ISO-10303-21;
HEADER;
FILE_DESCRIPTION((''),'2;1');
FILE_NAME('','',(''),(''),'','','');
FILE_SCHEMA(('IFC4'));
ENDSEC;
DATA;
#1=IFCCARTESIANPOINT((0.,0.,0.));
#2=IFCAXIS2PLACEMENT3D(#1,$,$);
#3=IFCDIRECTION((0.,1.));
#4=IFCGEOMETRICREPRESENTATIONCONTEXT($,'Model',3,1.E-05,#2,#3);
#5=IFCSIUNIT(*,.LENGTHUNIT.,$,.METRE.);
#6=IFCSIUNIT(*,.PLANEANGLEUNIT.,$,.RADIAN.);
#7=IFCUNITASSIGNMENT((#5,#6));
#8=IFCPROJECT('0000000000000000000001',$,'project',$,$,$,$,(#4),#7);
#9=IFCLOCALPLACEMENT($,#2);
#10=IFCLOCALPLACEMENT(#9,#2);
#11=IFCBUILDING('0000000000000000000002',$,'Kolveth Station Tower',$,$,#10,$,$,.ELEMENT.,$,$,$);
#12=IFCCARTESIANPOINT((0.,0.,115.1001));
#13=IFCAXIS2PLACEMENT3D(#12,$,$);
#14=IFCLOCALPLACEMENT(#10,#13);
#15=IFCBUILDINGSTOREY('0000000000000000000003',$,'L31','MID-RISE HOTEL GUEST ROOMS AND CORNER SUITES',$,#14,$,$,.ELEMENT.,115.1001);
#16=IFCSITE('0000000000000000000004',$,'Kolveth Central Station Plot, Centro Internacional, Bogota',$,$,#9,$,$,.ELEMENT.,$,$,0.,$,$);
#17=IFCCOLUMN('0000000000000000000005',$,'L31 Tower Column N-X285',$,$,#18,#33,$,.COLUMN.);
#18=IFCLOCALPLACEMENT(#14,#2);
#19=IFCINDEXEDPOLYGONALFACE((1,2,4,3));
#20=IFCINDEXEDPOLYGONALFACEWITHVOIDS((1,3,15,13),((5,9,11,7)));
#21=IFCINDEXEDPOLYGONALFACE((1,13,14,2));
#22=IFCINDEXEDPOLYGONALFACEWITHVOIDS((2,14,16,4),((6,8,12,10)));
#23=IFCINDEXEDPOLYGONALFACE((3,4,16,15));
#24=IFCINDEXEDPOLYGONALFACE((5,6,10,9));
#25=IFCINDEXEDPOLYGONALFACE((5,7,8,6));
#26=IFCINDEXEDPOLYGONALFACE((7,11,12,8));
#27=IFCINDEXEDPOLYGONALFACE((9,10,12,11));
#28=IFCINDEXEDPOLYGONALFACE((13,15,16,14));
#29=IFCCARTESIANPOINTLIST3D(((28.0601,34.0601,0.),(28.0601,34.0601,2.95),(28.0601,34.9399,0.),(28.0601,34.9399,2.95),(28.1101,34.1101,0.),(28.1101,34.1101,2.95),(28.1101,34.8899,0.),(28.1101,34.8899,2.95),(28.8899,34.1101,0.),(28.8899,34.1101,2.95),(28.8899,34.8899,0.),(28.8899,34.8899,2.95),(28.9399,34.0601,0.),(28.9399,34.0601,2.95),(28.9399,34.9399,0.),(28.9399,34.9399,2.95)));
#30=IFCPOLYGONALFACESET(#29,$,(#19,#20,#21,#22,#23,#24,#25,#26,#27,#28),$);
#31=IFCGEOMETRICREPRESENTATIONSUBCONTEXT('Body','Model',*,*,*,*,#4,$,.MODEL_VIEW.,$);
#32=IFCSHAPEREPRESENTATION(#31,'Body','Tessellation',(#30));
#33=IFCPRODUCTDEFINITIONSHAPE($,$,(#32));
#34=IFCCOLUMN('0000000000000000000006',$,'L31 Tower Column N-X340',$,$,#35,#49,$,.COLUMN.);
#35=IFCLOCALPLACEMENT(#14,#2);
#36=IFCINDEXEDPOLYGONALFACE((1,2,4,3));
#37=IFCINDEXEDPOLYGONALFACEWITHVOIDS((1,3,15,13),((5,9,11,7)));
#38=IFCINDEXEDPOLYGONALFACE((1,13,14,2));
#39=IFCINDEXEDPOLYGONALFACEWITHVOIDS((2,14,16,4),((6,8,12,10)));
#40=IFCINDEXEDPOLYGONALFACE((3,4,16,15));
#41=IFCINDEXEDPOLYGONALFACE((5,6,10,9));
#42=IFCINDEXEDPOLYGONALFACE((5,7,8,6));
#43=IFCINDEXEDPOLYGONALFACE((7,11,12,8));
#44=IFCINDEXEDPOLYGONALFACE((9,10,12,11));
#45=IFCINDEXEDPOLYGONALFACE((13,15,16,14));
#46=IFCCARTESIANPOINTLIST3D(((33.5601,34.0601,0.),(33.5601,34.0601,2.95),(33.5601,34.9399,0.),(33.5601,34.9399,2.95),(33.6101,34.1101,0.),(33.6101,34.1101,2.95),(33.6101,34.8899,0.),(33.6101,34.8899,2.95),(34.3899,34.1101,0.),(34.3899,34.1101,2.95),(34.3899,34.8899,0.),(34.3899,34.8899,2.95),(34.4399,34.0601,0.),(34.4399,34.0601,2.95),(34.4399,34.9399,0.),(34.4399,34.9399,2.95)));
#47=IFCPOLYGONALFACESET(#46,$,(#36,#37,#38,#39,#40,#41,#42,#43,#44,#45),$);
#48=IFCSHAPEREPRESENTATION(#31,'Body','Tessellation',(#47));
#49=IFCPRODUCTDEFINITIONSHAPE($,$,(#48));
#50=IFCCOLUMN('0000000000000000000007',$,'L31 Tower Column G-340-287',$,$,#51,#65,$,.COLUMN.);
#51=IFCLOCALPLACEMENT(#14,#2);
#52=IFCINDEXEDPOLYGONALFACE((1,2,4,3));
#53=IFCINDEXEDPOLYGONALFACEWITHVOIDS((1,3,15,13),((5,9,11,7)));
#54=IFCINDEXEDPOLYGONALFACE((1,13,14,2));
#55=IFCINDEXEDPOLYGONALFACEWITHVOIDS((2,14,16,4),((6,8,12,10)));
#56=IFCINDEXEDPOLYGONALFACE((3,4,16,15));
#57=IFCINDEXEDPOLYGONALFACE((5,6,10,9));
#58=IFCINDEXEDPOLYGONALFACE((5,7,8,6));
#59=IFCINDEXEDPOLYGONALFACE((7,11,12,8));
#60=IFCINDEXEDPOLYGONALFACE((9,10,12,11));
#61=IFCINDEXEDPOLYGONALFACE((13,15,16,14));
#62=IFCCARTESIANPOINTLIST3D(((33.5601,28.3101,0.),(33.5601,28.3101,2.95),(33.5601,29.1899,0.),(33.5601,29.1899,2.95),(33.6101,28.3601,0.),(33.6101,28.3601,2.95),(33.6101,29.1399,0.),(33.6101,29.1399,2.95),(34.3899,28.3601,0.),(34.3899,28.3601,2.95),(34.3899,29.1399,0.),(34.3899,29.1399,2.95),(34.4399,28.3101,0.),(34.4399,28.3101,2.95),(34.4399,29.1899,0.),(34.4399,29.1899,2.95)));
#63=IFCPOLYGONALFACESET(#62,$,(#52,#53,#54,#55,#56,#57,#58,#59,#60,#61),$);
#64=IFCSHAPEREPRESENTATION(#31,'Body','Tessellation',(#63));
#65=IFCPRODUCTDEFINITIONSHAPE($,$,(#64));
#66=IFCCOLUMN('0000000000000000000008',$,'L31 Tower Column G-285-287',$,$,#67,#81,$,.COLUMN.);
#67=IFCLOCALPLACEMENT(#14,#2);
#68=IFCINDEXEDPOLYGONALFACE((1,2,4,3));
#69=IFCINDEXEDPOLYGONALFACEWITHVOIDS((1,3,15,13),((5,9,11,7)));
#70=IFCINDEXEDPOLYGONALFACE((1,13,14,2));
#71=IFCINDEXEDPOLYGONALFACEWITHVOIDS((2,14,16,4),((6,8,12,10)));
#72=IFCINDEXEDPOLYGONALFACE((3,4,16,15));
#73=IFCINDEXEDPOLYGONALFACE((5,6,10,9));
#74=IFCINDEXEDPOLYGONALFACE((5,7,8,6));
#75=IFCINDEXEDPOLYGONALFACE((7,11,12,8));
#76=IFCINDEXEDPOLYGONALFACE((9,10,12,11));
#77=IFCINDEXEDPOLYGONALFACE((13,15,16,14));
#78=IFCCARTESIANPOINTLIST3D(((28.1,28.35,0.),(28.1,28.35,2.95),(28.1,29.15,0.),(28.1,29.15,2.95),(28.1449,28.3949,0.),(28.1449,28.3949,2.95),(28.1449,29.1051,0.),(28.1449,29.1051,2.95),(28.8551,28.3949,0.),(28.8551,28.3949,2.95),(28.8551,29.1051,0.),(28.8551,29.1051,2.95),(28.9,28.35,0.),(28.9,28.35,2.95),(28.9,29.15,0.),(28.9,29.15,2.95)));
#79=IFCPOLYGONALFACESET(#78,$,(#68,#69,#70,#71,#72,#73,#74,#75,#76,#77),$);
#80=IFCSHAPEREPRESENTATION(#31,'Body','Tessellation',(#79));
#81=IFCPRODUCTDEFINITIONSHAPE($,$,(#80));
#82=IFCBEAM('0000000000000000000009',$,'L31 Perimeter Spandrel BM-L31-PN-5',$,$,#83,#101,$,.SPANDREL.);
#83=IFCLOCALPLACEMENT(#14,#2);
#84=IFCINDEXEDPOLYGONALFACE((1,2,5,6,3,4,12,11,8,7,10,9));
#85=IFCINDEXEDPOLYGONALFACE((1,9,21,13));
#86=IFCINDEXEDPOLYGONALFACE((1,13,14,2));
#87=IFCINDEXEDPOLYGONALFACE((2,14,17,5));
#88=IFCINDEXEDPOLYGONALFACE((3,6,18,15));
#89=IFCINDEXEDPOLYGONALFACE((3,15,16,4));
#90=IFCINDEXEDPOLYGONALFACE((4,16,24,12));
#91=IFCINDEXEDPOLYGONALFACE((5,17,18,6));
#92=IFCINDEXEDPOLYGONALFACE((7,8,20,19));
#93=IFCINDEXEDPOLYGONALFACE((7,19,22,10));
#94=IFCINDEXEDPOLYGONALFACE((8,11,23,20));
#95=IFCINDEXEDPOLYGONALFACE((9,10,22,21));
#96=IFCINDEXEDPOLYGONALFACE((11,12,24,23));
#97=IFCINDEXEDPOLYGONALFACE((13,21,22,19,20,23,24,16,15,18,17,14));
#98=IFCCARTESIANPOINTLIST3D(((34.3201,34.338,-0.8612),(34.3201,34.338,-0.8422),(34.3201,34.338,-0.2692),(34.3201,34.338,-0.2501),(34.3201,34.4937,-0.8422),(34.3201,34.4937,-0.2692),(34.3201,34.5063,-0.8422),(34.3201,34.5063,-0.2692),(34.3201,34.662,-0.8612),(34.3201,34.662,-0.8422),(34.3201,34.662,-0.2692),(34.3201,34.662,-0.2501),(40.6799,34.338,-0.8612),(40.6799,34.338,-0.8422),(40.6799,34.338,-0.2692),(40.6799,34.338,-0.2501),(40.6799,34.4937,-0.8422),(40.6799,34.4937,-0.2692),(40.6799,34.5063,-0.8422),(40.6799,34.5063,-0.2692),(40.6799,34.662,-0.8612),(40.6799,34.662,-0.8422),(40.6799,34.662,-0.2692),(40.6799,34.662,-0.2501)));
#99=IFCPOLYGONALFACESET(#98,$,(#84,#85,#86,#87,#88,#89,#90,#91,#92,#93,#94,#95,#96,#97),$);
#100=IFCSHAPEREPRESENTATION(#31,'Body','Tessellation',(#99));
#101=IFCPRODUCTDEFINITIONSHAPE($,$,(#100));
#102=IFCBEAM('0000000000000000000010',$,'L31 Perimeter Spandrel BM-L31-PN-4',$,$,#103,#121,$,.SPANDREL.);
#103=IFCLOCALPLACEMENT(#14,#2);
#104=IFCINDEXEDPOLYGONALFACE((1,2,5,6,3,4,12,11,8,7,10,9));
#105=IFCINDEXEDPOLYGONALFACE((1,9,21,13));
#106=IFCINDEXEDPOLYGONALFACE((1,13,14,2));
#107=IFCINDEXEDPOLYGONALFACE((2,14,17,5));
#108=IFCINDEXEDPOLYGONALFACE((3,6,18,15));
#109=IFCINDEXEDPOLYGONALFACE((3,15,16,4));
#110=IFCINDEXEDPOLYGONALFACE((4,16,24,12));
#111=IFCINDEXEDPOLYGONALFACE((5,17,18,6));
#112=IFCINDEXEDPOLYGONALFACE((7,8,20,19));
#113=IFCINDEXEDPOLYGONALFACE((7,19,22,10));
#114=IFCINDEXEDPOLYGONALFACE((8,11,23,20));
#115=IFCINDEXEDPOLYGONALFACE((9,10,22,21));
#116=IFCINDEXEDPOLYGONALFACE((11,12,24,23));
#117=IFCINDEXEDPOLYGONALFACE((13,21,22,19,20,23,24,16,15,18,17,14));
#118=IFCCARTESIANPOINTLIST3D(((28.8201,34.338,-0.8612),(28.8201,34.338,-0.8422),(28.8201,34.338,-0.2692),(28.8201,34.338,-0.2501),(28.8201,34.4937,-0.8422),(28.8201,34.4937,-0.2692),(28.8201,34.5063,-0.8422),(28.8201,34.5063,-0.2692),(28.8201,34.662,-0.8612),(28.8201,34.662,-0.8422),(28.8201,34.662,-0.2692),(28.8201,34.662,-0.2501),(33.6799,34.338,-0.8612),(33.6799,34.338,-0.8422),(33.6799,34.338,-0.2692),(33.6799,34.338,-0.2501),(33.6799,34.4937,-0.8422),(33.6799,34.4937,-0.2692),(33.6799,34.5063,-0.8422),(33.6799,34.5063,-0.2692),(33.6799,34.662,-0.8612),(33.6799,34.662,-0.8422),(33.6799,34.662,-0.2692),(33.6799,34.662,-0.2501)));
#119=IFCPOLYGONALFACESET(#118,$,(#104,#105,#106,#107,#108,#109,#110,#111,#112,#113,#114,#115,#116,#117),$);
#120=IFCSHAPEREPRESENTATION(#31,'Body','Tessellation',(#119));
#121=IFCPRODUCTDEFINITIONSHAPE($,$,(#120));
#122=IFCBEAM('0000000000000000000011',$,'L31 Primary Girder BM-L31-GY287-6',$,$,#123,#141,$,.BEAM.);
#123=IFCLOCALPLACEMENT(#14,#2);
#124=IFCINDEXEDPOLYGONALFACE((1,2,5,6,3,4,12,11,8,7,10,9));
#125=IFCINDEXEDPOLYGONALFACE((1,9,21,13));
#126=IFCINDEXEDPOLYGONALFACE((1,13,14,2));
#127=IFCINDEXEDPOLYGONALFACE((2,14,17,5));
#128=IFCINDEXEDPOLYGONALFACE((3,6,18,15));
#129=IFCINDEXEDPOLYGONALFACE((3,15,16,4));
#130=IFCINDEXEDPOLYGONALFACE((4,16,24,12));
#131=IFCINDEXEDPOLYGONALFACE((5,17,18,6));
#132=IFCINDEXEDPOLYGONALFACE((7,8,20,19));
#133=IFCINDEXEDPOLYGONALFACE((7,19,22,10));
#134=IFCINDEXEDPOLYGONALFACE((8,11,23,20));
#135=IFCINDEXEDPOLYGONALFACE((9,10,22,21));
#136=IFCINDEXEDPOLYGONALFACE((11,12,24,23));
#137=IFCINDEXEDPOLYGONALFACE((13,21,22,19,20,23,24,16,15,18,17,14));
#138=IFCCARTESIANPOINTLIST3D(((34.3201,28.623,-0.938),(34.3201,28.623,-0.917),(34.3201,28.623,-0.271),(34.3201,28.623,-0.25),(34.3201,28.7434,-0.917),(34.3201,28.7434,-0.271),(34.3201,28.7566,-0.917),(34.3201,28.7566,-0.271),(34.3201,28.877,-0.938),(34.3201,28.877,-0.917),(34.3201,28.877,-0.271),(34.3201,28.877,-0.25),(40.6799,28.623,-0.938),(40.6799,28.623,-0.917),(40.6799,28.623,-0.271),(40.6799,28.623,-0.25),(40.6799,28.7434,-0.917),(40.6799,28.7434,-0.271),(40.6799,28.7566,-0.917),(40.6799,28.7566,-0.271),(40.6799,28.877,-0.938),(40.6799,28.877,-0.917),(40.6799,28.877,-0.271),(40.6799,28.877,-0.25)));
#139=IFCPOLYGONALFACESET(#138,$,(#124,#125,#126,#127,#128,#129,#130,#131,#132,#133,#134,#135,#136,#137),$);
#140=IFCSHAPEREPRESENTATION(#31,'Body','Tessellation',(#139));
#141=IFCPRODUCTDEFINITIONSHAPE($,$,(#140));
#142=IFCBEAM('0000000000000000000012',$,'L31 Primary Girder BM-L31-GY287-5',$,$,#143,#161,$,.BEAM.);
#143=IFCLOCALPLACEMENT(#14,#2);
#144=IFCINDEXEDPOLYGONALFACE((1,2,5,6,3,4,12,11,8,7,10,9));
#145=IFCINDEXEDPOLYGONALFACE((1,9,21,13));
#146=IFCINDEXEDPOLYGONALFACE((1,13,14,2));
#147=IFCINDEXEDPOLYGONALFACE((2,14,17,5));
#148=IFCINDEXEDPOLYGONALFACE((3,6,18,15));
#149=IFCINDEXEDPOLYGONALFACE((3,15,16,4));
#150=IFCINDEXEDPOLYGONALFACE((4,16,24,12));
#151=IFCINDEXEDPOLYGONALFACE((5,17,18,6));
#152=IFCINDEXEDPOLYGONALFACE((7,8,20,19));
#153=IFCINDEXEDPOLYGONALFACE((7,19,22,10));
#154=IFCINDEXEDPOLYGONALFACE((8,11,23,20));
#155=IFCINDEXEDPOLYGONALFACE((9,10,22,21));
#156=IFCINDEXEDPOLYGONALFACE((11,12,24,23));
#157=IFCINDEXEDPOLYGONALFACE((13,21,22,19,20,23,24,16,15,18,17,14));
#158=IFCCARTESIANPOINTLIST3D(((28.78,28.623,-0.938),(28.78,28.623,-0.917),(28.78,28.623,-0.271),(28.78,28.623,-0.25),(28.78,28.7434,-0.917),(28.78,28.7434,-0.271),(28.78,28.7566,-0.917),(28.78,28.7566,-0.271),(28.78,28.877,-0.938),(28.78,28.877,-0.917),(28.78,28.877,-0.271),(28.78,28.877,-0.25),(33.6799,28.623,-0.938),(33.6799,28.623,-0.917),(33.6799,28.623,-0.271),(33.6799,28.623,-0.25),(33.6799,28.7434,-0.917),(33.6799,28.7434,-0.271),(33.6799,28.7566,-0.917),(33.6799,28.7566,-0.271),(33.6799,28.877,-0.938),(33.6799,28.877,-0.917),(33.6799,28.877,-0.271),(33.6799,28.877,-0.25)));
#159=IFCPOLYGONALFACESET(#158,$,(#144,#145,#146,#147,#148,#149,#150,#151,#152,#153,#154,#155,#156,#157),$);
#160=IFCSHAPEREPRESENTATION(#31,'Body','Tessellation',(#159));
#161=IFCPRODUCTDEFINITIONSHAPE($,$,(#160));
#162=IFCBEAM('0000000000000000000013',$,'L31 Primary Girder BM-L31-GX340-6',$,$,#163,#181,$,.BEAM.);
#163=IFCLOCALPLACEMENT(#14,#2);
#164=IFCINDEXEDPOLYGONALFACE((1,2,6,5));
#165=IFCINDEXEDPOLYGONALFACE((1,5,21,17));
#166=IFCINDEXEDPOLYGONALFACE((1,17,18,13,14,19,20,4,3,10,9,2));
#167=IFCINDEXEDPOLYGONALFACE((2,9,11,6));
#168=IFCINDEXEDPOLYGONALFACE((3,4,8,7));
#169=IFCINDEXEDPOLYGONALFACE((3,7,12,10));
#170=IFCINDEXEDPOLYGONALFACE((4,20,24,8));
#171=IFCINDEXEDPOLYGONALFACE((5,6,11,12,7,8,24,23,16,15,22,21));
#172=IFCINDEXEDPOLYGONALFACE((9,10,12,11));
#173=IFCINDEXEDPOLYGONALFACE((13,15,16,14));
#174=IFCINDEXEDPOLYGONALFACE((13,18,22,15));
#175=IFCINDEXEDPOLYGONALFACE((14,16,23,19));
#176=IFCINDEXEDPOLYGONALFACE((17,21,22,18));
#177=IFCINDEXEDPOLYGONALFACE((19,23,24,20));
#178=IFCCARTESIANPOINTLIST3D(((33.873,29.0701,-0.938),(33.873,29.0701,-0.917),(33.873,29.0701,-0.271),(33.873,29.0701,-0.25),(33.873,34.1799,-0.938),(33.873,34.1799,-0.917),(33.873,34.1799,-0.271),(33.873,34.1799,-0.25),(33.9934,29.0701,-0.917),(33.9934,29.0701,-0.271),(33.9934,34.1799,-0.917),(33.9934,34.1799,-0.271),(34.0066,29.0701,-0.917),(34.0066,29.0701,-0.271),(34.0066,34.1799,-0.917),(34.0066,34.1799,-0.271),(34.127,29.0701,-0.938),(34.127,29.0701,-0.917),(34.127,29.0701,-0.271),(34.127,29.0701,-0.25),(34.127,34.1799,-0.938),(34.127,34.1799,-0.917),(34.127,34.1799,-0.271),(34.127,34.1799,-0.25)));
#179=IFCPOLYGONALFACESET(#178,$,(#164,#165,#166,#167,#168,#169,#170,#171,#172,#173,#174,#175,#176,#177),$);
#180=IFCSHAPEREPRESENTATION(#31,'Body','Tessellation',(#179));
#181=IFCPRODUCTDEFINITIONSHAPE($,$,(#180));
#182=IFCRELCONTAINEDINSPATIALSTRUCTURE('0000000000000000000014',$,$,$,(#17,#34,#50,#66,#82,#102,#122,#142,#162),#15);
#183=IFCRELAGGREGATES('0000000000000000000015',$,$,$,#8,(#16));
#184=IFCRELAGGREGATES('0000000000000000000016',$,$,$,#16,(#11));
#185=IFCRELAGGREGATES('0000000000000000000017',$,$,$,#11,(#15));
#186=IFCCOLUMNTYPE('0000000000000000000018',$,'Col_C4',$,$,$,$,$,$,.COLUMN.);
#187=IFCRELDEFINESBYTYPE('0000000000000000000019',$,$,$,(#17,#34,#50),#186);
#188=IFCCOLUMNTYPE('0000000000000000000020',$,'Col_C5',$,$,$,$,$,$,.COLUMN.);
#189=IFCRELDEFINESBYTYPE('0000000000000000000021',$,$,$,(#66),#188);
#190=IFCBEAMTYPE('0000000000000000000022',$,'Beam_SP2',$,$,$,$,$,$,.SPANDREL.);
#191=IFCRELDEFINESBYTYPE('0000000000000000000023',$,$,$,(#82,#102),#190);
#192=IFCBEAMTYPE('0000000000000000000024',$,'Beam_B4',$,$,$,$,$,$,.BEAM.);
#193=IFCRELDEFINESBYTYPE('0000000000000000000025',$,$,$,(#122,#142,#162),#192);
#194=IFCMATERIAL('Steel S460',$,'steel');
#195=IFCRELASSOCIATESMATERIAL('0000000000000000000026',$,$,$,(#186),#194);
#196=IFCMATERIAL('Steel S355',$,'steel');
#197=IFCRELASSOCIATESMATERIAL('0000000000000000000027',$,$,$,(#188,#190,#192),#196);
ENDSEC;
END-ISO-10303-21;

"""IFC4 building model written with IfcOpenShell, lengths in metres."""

from ifc_helpers import new_model, si_unit, direction, frame, origin, origin_2d, place, context, subcontext, project, spatial, hollow_rectangle, i_section, extrude, source, transform, mapped, material, material_profile, profile_set, type_object, element, save


model = new_model("IFC4")

# Units and contexts
model_context = context("Model", 3, precision=1e-05, world=origin(), true_north=direction((0.0, 1.0)))
body_context = subcontext(model_context, "Body", "Model", "MODEL_VIEW")
ifc_project = project(units=[si_unit("LENGTHUNIT", "METRE"), si_unit("PLANEANGLEUNIT", "RADIAN")], contexts=[model_context])

# Site, building, storey
site_placement = place(None, origin())
site = spatial("IfcSite", under=ifc_project, at=site_placement, Name="Kolveth Central Station Plot, Centro Internacional, Bogota", CompositionType="ELEMENT", RefElevation=0.0)
building_placement = place(site_placement, origin())
building = spatial("IfcBuilding", under=site, at=building_placement, Name="Kolveth Station Tower", CompositionType="ELEMENT")
storey_placement = place(building_placement, frame((0.0, 0.0, 115.1001)))
storey = spatial("IfcBuildingStorey", under=building, at=storey_placement, Name="L31", Description="MID-RISE HOTEL GUEST ROOMS AND CORNER SUITES", CompositionType="ELEMENT", Elevation=115.1001)

# Columns
ifc_material_1 = material(Name="Steel S460", Category="steel")
ifc_material_profile_1 = material_profile(ifc_material_1, hollow_rectangle(XDim=0.8799, YDim=0.8799, WallThickness=0.05, at=origin_2d()), Name="BOX880x880x50")
ifc_profile_set_1 = profile_set([ifc_material_profile_1], Name="Steel S460")
column_type_1 = type_object("IfcColumnType", Name="Col_C4", PredefinedType="COLUMN", material=ifc_profile_set_1)
shared_shape_1 = source(origin(), body_context, "Body", "SweptSolid", [
    extrude(hollow_rectangle(XDim=0.8799, YDim=0.8799, WallThickness=0.05, at=origin_2d()), origin(), (0.0, 0.0, 1.0), 2.95),
])
for number, where, z_axis, x_axis, name in (
    (1, (28.5, 34.5, 0.0), (0.0, 0.0, 1.0), (1.0, 0.0, 0.0), "L31 Tower Column N-X285"),
    (2, (34.0, 34.5, 0.0), (0.0, 0.0, 1.0), (1.0, 0.0, 0.0), "L31 Tower Column N-X340"),
    (3, (34.0, 28.75, 0.0), (0.0, 0.0, 1.0), (1.0, 0.0, 0.0), "L31 Tower Column G-340-287"),
):
    element("IfcColumn", number, at=place(storey_placement, frame(where, z_axis=z_axis, x_axis=x_axis)), inside=storey, type_object=column_type_1, Name=name, PredefinedType="COLUMN", context=body_context, shape_type="MappedRepresentation", body=[
        mapped(shared_shape_1, transform((0.0, 0.0, 0.0), x_axis=(1.0, 0.0, 0.0), y_axis=(0.0, 1.0, 0.0), z_axis=(0.0, 0.0, 1.0), scale=1.0)),
    ])
ifc_material_2 = material(Name="Steel S355", Category="steel")
ifc_material_profile_2 = material_profile(ifc_material_2, hollow_rectangle(XDim=0.8, YDim=0.8, WallThickness=0.0449, at=origin_2d()), Name="BOX800x800x45")
ifc_profile_set_2 = profile_set([ifc_material_profile_2], Name="Steel S355")
column_type_2 = type_object("IfcColumnType", Name="Col_C5", PredefinedType="COLUMN", material=ifc_profile_set_2)
shared_shape_2 = source(origin(), body_context, "Body", "SweptSolid", [
    extrude(hollow_rectangle(XDim=0.8, YDim=0.8, WallThickness=0.0449, at=origin_2d()), origin(), (0.0, 0.0, 1.0), 2.95),
])
column_placement = place(storey_placement, frame((28.5, 28.75, 0.0), z_axis=(0.0, 0.0, 1.0), x_axis=(1.0, 0.0, 0.0)))
element("IfcColumn", 4, at=column_placement, inside=storey, type_object=column_type_2, Name="L31 Tower Column G-285-287", PredefinedType="COLUMN", context=body_context, shape_type="MappedRepresentation", body=[
    mapped(shared_shape_2, transform((0.0, 0.0, 0.0), x_axis=(1.0, 0.0, 0.0), y_axis=(0.0, 1.0, 0.0), z_axis=(0.0, 0.0, 1.0), scale=1.0)),
])

# Beams
ifc_material_profile_3 = material_profile(ifc_material_2, i_section(OverallWidth=0.324, OverallDepth=0.6111, WebThickness=0.0127, FlangeThickness=0.019, at=origin_2d()), Name="W610x155")
ifc_profile_set_3 = profile_set([ifc_material_profile_3], Name="Steel S355")
beam_type_1 = type_object("IfcBeamType", Name="Beam_SP2", PredefinedType="SPANDREL", material=ifc_profile_set_3)
shared_shape_3 = source(origin(), body_context, "Body", "SweptSolid", [
    extrude(i_section(OverallWidth=0.324, OverallDepth=0.6111, WebThickness=0.0127, FlangeThickness=0.019, at=origin_2d()), origin(), (0.0, 0.0, 1.0), 6.3599),
])
beam_1_placement = place(storey_placement, frame((34.3201, 34.5, -0.5557), z_axis=(1.0, 0.0, 0.0), x_axis=(0.0, 1.0, 0.0)))
element("IfcBeam", 5, at=beam_1_placement, inside=storey, type_object=beam_type_1, Name="L31 Perimeter Spandrel BM-L31-PN-5", PredefinedType="SPANDREL", context=body_context, shape_type="MappedRepresentation", body=[
    mapped(shared_shape_3, transform((0.0, 0.0, 0.0), x_axis=(1.0, 0.0, 0.0), y_axis=(0.0, 1.0, 0.0), z_axis=(0.0, 0.0, 1.0), scale=1.0)),
])
shared_shape_4 = source(origin(), body_context, "Body", "SweptSolid", [
    extrude(i_section(OverallWidth=0.324, OverallDepth=0.6111, WebThickness=0.0127, FlangeThickness=0.019, at=origin_2d()), origin(), (0.0, 0.0, 1.0), 4.8599),
])
beam_2_placement = place(storey_placement, frame((28.8201, 34.5, -0.5557), z_axis=(1.0, 0.0, 0.0), x_axis=(0.0, 1.0, 0.0)))
element("IfcBeam", 6, at=beam_2_placement, inside=storey, type_object=beam_type_1, Name="L31 Perimeter Spandrel BM-L31-PN-4", PredefinedType="SPANDREL", context=body_context, shape_type="MappedRepresentation", body=[
    mapped(shared_shape_4, transform((0.0, 0.0, 0.0), x_axis=(1.0, 0.0, 0.0), y_axis=(0.0, 1.0, 0.0), z_axis=(0.0, 0.0, 1.0), scale=1.0)),
])
ifc_material_profile_4 = material_profile(ifc_material_2, i_section(OverallWidth=0.2539, OverallDepth=0.688, WebThickness=0.0132, FlangeThickness=0.021, at=origin_2d()), Name="W690x152")
ifc_profile_set_4 = profile_set([ifc_material_profile_4], Name="Steel S355")
beam_type_2 = type_object("IfcBeamType", Name="Beam_B4", PredefinedType="BEAM", material=ifc_profile_set_4)
shared_shape_5 = source(origin(), body_context, "Body", "SweptSolid", [
    extrude(i_section(OverallWidth=0.2539, OverallDepth=0.688, WebThickness=0.0132, FlangeThickness=0.021, at=origin_2d()), origin(), (0.0, 0.0, 1.0), 6.3599),
])
beam_3_placement = place(storey_placement, frame((34.3201, 28.75, -0.594), z_axis=(1.0, 0.0, 0.0), x_axis=(0.0, 1.0, 0.0)))
element("IfcBeam", 7, at=beam_3_placement, inside=storey, type_object=beam_type_2, Name="L31 Primary Girder BM-L31-GY287-6", PredefinedType="BEAM", context=body_context, shape_type="MappedRepresentation", body=[
    mapped(shared_shape_5, transform((0.0, 0.0, 0.0), x_axis=(1.0, 0.0, 0.0), y_axis=(0.0, 1.0, 0.0), z_axis=(0.0, 0.0, 1.0), scale=1.0)),
])
shared_shape_6 = source(origin(), body_context, "Body", "SweptSolid", [
    extrude(i_section(OverallWidth=0.2539, OverallDepth=0.688, WebThickness=0.0132, FlangeThickness=0.021, at=origin_2d()), origin(), (0.0, 0.0, 1.0), 4.8999),
])
beam_4_placement = place(storey_placement, frame((28.78, 28.75, -0.594), z_axis=(1.0, 0.0, 0.0), x_axis=(0.0, 1.0, 0.0)))
element("IfcBeam", 8, at=beam_4_placement, inside=storey, type_object=beam_type_2, Name="L31 Primary Girder BM-L31-GY287-5", PredefinedType="BEAM", context=body_context, shape_type="MappedRepresentation", body=[
    mapped(shared_shape_6, transform((0.0, 0.0, 0.0), x_axis=(1.0, 0.0, 0.0), y_axis=(0.0, 1.0, 0.0), z_axis=(0.0, 0.0, 1.0), scale=1.0)),
])
shared_shape_7 = source(origin(), body_context, "Body", "SweptSolid", [
    extrude(i_section(OverallWidth=0.2539, OverallDepth=0.688, WebThickness=0.0132, FlangeThickness=0.021, at=origin_2d()), origin(), (0.0, 0.0, 1.0), 5.1099),
])
beam_5_placement = place(storey_placement, frame((34.0, 29.0701, -0.594), z_axis=(0.0, 1.0, 0.0), x_axis=(-1.0, 0.0, 0.0)))
element("IfcBeam", 9, at=beam_5_placement, inside=storey, type_object=beam_type_2, Name="L31 Primary Girder BM-L31-GX340-6", PredefinedType="BEAM", context=body_context, shape_type="MappedRepresentation", body=[
    mapped(shared_shape_7, transform((0.0, 0.0, 0.0), x_axis=(1.0, 0.0, 0.0), y_axis=(0.0, 1.0, 0.0), z_axis=(0.0, 0.0, 1.0), scale=1.0)),
])

save(model, "model.ifc")
